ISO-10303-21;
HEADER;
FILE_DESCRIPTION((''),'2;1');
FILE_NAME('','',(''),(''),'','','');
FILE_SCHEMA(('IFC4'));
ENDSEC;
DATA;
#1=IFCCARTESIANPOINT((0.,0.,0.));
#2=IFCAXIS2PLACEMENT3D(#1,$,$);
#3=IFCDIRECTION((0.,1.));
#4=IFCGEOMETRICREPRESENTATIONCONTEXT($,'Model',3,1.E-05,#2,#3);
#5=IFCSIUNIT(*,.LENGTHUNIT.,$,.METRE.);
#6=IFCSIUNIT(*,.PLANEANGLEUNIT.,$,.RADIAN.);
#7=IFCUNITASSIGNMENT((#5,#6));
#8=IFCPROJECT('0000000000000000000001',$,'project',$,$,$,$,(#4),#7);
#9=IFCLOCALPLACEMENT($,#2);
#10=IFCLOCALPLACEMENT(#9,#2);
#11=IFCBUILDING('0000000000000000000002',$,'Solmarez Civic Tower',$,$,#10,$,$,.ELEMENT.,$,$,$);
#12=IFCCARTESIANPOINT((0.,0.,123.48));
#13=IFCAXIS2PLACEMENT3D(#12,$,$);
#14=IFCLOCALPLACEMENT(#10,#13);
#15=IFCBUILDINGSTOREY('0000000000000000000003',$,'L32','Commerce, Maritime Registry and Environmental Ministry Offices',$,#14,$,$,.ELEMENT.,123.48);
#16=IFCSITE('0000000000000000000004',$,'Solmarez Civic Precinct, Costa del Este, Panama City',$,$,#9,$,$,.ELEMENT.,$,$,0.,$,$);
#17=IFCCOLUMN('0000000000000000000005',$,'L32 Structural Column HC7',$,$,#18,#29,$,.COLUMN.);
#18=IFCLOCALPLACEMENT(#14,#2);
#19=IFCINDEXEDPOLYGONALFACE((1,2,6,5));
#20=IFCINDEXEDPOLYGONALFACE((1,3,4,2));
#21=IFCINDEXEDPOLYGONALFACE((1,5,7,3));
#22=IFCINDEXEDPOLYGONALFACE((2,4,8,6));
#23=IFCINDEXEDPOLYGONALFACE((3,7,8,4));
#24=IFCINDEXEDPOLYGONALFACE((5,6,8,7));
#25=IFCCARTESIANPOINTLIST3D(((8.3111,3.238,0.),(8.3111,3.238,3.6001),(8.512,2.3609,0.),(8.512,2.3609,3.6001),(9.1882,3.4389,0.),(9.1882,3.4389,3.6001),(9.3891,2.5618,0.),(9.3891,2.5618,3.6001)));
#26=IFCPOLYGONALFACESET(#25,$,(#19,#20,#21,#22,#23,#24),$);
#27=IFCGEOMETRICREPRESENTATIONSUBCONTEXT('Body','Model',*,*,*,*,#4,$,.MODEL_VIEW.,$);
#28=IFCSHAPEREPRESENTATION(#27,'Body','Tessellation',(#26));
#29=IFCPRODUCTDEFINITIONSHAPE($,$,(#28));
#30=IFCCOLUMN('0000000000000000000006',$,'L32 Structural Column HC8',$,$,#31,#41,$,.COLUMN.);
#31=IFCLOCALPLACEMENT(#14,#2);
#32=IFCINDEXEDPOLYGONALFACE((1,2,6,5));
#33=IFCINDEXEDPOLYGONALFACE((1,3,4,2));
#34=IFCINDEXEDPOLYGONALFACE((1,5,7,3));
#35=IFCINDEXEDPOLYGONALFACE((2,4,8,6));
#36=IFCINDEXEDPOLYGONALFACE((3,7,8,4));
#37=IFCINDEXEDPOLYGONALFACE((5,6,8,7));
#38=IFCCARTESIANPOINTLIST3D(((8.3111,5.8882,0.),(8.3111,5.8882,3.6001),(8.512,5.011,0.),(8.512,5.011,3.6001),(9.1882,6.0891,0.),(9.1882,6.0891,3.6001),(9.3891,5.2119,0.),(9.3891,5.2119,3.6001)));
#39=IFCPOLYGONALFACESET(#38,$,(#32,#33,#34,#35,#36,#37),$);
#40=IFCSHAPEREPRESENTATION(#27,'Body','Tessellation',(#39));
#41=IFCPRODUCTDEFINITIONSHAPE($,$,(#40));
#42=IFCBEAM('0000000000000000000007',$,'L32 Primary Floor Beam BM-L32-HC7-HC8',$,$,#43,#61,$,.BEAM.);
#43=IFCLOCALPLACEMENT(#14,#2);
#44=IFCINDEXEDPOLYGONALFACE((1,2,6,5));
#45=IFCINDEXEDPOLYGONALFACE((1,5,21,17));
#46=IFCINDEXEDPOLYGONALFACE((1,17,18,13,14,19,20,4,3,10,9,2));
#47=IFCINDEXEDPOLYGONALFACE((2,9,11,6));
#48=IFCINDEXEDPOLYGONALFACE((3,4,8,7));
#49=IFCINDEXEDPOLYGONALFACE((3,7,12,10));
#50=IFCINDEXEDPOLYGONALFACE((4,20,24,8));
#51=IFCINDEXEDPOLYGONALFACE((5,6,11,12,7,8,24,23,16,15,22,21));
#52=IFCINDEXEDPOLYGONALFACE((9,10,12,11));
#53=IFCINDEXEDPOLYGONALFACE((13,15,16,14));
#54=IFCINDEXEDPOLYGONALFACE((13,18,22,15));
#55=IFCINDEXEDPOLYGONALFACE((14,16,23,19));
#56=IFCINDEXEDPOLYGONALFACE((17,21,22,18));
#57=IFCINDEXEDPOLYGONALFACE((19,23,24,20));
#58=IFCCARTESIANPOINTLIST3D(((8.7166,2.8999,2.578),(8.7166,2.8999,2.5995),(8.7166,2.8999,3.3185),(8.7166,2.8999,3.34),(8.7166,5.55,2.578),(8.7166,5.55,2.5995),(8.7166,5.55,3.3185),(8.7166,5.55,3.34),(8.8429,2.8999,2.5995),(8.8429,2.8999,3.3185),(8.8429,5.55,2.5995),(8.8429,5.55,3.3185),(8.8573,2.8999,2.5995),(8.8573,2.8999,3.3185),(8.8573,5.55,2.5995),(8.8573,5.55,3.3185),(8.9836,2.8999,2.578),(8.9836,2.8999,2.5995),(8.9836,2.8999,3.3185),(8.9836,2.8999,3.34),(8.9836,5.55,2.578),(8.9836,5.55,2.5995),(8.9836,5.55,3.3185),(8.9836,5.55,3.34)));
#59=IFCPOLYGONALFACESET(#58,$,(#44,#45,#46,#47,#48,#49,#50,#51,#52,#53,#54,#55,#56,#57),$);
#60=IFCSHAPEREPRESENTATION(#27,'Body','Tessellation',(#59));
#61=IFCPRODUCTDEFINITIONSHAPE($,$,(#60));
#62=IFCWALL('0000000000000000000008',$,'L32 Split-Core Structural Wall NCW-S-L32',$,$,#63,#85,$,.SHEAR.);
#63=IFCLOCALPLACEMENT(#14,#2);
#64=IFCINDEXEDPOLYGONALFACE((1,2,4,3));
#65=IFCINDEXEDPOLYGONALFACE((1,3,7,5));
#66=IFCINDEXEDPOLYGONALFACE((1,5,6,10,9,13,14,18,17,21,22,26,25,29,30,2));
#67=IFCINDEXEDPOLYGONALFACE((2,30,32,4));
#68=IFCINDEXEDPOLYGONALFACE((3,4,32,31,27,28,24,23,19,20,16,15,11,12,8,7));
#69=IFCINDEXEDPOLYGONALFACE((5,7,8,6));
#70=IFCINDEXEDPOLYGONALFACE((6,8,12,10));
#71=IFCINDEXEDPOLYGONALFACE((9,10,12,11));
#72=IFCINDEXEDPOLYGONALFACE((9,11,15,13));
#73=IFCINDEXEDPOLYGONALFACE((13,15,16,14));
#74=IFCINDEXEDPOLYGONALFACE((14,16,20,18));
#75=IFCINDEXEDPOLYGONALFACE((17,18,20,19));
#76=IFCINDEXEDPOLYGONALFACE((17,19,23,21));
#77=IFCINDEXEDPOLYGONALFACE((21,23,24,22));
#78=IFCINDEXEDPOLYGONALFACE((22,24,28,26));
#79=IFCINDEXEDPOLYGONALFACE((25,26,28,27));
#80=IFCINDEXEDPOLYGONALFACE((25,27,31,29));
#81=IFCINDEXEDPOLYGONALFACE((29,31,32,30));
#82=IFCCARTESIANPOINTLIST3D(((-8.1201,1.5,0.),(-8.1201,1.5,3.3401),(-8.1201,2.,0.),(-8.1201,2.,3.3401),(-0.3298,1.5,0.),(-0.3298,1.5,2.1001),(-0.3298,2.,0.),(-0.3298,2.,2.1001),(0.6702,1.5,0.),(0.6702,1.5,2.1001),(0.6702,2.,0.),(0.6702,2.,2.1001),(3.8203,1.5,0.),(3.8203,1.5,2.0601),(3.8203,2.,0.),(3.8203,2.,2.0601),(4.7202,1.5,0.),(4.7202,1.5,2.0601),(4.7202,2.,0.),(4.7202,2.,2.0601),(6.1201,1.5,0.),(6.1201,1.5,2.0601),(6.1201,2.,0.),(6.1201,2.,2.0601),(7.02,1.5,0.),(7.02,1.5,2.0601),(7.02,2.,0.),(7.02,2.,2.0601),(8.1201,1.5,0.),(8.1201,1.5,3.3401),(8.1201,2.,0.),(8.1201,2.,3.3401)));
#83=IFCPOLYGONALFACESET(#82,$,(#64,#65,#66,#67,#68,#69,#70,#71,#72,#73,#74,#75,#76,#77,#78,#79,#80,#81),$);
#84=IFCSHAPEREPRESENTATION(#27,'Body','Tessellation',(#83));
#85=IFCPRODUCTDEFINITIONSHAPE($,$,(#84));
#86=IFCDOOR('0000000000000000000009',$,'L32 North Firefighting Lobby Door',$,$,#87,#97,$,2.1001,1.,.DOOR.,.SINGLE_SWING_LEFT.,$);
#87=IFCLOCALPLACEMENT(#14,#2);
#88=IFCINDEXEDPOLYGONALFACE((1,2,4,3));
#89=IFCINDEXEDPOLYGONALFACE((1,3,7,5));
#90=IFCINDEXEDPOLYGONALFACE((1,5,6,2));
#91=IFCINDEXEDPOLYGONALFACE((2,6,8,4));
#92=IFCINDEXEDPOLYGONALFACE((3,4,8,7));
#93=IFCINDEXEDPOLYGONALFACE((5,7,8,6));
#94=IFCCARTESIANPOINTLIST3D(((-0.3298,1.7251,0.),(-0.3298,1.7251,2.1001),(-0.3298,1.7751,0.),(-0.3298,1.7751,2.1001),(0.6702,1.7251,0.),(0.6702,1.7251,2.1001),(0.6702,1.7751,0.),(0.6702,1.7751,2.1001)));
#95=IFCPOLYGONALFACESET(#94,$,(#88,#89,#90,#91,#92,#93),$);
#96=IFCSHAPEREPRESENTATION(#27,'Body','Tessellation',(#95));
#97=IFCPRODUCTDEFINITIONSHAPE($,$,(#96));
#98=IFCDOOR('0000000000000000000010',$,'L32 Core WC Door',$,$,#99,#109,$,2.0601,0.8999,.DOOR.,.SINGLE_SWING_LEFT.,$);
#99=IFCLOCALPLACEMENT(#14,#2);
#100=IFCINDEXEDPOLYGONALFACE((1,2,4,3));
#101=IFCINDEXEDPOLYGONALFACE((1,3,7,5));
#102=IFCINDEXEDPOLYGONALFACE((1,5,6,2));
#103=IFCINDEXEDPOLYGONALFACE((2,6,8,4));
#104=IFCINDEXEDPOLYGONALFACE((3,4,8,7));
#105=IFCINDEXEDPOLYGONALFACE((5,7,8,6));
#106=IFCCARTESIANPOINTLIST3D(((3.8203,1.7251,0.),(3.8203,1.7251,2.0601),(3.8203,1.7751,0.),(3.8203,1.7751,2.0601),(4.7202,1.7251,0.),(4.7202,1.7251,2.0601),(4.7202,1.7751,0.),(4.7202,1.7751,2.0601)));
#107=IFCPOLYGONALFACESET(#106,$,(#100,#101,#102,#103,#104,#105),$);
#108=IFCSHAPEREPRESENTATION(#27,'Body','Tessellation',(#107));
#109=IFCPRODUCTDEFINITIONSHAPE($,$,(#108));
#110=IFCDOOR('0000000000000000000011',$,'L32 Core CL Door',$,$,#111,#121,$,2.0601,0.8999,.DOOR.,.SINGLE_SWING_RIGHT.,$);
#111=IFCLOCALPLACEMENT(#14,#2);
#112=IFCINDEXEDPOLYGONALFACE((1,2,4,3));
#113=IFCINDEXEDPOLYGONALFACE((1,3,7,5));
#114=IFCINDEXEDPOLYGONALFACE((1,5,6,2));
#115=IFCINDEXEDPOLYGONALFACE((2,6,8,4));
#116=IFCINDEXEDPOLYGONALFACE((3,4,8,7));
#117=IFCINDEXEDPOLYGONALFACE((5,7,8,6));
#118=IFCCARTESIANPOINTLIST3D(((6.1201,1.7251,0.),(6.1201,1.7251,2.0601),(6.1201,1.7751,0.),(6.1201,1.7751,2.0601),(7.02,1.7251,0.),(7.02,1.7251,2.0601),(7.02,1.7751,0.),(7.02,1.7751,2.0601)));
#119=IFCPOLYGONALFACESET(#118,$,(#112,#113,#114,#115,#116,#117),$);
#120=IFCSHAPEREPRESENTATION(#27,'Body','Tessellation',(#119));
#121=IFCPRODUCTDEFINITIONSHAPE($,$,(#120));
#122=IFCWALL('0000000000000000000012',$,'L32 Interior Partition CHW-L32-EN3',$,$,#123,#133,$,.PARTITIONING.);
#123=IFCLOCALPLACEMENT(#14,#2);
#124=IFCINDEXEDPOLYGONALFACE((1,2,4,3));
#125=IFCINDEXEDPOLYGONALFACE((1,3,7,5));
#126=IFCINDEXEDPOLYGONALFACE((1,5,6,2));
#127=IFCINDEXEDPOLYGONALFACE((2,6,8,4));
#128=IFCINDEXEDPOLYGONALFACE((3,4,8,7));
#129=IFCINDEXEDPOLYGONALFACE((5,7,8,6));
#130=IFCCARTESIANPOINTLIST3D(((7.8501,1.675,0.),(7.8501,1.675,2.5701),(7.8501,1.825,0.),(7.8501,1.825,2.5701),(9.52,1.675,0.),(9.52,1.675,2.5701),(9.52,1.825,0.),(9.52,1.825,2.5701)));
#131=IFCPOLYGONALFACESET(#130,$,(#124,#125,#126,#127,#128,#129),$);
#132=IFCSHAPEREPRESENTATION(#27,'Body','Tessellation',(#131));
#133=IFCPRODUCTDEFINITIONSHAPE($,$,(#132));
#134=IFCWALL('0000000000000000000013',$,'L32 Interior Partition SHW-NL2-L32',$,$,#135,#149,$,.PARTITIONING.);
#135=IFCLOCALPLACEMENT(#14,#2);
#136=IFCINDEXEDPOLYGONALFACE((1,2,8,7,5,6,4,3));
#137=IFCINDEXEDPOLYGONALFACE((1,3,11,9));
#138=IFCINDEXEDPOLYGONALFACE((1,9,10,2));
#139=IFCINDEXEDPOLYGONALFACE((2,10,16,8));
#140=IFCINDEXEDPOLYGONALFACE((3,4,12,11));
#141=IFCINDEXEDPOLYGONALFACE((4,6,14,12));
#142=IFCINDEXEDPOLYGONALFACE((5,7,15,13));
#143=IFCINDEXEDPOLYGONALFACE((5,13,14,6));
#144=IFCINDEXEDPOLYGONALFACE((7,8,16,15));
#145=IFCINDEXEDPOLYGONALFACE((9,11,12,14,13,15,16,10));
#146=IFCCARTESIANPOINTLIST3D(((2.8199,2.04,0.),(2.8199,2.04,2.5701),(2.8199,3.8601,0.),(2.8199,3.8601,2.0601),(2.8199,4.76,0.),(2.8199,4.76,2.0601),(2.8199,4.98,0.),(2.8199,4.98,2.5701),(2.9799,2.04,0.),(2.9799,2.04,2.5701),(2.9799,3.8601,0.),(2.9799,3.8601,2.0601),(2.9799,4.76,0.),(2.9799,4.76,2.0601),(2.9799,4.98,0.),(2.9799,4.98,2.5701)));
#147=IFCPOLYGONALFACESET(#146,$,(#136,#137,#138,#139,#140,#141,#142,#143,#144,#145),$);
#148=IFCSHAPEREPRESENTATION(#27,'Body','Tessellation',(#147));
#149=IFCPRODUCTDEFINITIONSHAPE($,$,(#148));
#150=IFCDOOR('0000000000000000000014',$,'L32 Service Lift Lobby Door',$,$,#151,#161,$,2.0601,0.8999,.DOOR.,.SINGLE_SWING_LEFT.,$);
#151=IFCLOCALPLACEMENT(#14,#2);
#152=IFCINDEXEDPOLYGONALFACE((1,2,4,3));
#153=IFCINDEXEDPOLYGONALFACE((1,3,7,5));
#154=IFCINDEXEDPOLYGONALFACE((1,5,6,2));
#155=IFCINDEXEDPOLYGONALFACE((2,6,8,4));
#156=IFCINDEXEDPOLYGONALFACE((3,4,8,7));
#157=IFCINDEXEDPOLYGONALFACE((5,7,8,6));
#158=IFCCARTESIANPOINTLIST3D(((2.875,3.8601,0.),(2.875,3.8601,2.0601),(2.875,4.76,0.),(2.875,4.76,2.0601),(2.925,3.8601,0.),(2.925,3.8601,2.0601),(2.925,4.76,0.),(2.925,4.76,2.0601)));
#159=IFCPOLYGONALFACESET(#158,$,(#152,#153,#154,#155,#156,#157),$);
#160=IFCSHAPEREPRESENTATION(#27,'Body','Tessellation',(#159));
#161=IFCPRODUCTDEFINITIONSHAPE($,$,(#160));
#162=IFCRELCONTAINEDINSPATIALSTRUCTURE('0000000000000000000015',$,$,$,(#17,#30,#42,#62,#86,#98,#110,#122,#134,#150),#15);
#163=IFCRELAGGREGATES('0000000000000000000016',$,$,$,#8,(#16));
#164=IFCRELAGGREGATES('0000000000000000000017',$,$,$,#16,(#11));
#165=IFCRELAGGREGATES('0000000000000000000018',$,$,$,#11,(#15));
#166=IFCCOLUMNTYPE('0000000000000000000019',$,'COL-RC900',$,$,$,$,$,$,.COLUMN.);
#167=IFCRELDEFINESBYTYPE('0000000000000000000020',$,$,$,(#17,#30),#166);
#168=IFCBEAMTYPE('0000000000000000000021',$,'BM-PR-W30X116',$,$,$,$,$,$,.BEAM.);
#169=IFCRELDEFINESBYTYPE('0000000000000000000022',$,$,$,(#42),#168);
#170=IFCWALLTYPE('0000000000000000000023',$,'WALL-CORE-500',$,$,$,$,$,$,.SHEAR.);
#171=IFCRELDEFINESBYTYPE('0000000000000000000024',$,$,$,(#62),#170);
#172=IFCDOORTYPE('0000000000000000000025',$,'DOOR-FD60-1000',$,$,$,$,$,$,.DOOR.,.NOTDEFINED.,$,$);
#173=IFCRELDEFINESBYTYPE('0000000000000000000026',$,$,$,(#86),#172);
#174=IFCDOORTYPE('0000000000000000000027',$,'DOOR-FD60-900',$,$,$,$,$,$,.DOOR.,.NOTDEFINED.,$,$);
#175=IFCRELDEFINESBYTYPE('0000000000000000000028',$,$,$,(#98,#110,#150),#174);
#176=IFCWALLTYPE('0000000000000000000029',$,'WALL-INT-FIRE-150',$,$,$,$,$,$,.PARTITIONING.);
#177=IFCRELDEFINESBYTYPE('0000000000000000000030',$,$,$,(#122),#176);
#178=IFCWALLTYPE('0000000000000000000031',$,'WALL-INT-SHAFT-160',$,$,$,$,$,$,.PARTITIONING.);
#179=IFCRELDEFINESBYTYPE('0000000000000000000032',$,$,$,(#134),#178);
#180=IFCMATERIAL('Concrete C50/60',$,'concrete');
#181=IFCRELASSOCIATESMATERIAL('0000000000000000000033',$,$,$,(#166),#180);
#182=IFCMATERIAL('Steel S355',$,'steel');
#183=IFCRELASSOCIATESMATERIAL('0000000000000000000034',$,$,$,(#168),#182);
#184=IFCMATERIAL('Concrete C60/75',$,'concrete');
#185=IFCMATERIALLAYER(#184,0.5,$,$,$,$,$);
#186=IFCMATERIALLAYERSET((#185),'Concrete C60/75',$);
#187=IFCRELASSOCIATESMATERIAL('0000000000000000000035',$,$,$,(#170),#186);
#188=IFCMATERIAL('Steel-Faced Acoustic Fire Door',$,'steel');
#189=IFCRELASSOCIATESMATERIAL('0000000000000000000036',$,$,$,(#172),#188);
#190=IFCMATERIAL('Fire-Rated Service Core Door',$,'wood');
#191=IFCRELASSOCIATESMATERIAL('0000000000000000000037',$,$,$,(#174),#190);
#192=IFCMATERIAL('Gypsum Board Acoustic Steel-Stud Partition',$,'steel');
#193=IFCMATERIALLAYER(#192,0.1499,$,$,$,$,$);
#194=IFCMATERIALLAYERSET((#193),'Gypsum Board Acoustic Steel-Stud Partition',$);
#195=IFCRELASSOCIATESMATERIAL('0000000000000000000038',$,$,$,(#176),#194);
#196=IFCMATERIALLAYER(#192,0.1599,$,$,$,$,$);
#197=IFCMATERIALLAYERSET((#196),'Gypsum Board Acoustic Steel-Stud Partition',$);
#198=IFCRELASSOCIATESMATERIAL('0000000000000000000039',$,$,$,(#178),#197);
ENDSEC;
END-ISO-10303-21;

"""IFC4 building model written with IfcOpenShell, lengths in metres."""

from ifc_helpers import new_model, si_unit, direction, frame, frame_2d, origin, origin_2d, place, context, subcontext, project, spatial, rectangle, i_section, extrude, material, layer, layer_set, material_profile, profile_set, type_object, element, fill, save


model = new_model("IFC4")

# Units and contexts
model_context = context("Model", 3, precision=1e-05, world=origin(), true_north=direction((0.0, 1.0)))
body_context = subcontext(model_context, "Body", "Model", "MODEL_VIEW")
ifc_project = project(units=[si_unit("LENGTHUNIT", "METRE"), si_unit("PLANEANGLEUNIT", "RADIAN")], contexts=[model_context])

# Site, building, storey
site_placement = place(None, origin())
site = spatial("IfcSite", under=ifc_project, at=site_placement, Name="Solmarez Civic Precinct, Costa del Este, Panama City", CompositionType="ELEMENT", RefElevation=0.0)
building_placement = place(site_placement, origin())
building = spatial("IfcBuilding", under=site, at=building_placement, Name="Solmarez Civic Tower", CompositionType="ELEMENT")
storey_placement = place(building_placement, frame((0.0, 0.0, 123.48)))
storey = spatial("IfcBuildingStorey", under=building, at=storey_placement, Name="L32", Description="Commerce, Maritime Registry and Environmental Ministry Offices", CompositionType="ELEMENT", Elevation=123.48)

# Columns
ifc_material_1 = material(Name="Concrete C50/60", Category="concrete")
ifc_material_profile_1 = material_profile(ifc_material_1, rectangle(XDim=0.8999, YDim=0.8999, at=origin_2d()), Name="RC900X900")
ifc_profile_set_1 = profile_set([ifc_material_profile_1], Name="Concrete C50/60")
column_type = type_object("IfcColumnType", Name="COL-RC900", PredefinedType="COLUMN", material=ifc_profile_set_1)
for number, where, z_axis, x_axis, name in (
    (1, (8.8501, 2.8999, 0.0), (0.0, 0.0, 1.0), (0.974761, 0.22325, 0.0), "L32 Structural Column HC7"),
    (2, (8.8501, 5.55, 0.0), (0.0, 0.0, 1.0), (0.974761, 0.22325, 0.0), "L32 Structural Column HC8"),
):
    element("IfcColumn", number, at=place(storey_placement, frame(where, z_axis=z_axis, x_axis=x_axis)), inside=storey, type_object=column_type, Name=name, PredefinedType="COLUMN", context=body_context, shape_type="SweptSolid", body=[
        extrude(rectangle(XDim=0.8999, YDim=0.8999, at=origin_2d()), origin(), (0.0, 0.0, 1.0), 3.6001),
    ])

# Beam
ifc_material_2 = material(Name="Steel S355", Category="steel")
ifc_material_profile_2 = material_profile(ifc_material_2, i_section(OverallWidth=0.2671, OverallDepth=0.762, WebThickness=0.0144, FlangeThickness=0.0215, at=origin_2d()), Name="W30X116")
ifc_profile_set_2 = profile_set([ifc_material_profile_2], Name="Steel S355")
beam_type = type_object("IfcBeamType", Name="BM-PR-W30X116", PredefinedType="BEAM", material=ifc_profile_set_2)
beam_placement = place(storey_placement, frame((8.8501, 2.8999, 2.959), z_axis=(0.0, 1.0, 0.0), x_axis=(-1.0, 0.0, 0.0)))
element("IfcBeam", 3, at=beam_placement, inside=storey, type_object=beam_type, Name="L32 Primary Floor Beam BM-L32-HC7-HC8", PredefinedType="BEAM", context=body_context, shape_type="SweptSolid", body=[
    extrude(i_section(OverallWidth=0.2671, OverallDepth=0.762, WebThickness=0.0144, FlangeThickness=0.0215, at=origin_2d()), origin(), (0.0, 0.0, 1.0), 2.6501),
])

# Wall, openings, doors
ifc_material_3 = material(Name="Concrete C60/75", Category="concrete")
ifc_layer_1 = layer(ifc_material_3, 0.5)
ifc_layer_set_1 = layer_set([ifc_layer_1], Name="Concrete C60/75")
wall_type_1 = type_object("IfcWallType", Name="WALL-CORE-500", PredefinedType="SHEAR", material=ifc_layer_set_1)
wall_1_placement = place(storey_placement, frame((8.1201, 1.75, 0.0), z_axis=(0.0, 0.0, 1.0), x_axis=(-1.0, 0.0, 0.0)))
wall_1 = element("IfcWall", 4, at=wall_1_placement, inside=storey, type_object=wall_type_1, Name="L32 Split-Core Structural Wall NCW-S-L32", PredefinedType="SHEAR", context=body_context, shape_type="SweptSolid", body=[
    extrude(rectangle(XDim=16.2402, YDim=0.5, at=frame_2d((8.1201, 0.0))), origin(), (0.0, 0.0, 1.0), 3.3401),
])
opening_1_placement = place(wall_1_placement, frame((7.45, 0.0, 0.0)))
opening_1 = element("IfcOpeningElement", 5, at=opening_1_placement, cuts=wall_1, PredefinedType="OPENING", context=body_context, shape_type="SweptSolid", body=[
    extrude(rectangle(XDim=1.0, YDim=2.1001, at=frame_2d((0.5, 1.05))), frame((0.0, 0.26, 0.0), z_axis=(0.0, -1.0, 0.0), x_axis=(1.0, 0.0, 0.0)), (0.0, 0.0, 1.0), 0.52),
])
opening_2_placement = place(wall_1_placement, frame((3.3999, 0.0, 0.0)))
opening_2 = element("IfcOpeningElement", 6, at=opening_2_placement, cuts=wall_1, PredefinedType="OPENING", context=body_context, shape_type="SweptSolid", body=[
    extrude(rectangle(XDim=0.8999, YDim=2.0601, at=frame_2d((0.45, 1.03))), frame((0.0, 0.26, 0.0), z_axis=(0.0, -1.0, 0.0), x_axis=(1.0, 0.0, 0.0)), (0.0, 0.0, 1.0), 0.52),
])
opening_3_placement = place(wall_1_placement, frame((1.1001, 0.0, 0.0)))
opening_3 = element("IfcOpeningElement", 7, at=opening_3_placement, cuts=wall_1, PredefinedType="OPENING", context=body_context, shape_type="SweptSolid", body=[
    extrude(rectangle(XDim=0.8999, YDim=2.0601, at=frame_2d((0.45, 1.03))), frame((0.0, 0.26, 0.0), z_axis=(0.0, -1.0, 0.0), x_axis=(1.0, 0.0, 0.0)), (0.0, 0.0, 1.0), 0.52),
])
ifc_material_4 = material(Name="Steel-Faced Acoustic Fire Door", Category="steel")
door_type_1 = type_object("IfcDoorType", Name="DOOR-FD60-1000", OperationType="NOTDEFINED", PredefinedType="DOOR", material=ifc_material_4)
door_1_placement = place(opening_1_placement, origin())
door_1 = element("IfcDoor", 8, at=door_1_placement, inside=storey, type_object=door_type_1, Name="L32 North Firefighting Lobby Door", OperationType="SINGLE_SWING_LEFT", OverallHeight=2.1001, OverallWidth=1.0, PredefinedType="DOOR", context=body_context, shape_type="SweptSolid", body=[
    extrude(rectangle(XDim=1.0, YDim=2.1001, at=frame_2d((0.5, 1.05))), frame((0.0, 0.0249, 0.0), z_axis=(0.0, -1.0, 0.0), x_axis=(1.0, 0.0, 0.0)), (0.0, 0.0, 1.0), 0.05),
])
fill(opening_1, door_1)
ifc_material_5 = material(Name="Fire-Rated Service Core Door", Category="wood")
door_type_2 = type_object("IfcDoorType", Name="DOOR-FD60-900", OperationType="NOTDEFINED", PredefinedType="DOOR", material=ifc_material_5)
door_2_placement = place(opening_2_placement, origin())
door_2 = element("IfcDoor", 9, at=door_2_placement, inside=storey, type_object=door_type_2, Name="L32 Core WC Door", OperationType="SINGLE_SWING_LEFT", OverallHeight=2.0601, OverallWidth=0.8999, PredefinedType="DOOR", context=body_context, shape_type="SweptSolid", body=[
    extrude(rectangle(XDim=0.8999, YDim=2.0601, at=frame_2d((0.45, 1.03))), frame((0.0, 0.0249, 0.0), z_axis=(0.0, -1.0, 0.0), x_axis=(1.0, 0.0, 0.0)), (0.0, 0.0, 1.0), 0.05),
])
fill(opening_2, door_2)
door_3_placement = place(opening_3_placement, origin())
door_3 = element("IfcDoor", 10, at=door_3_placement, inside=storey, type_object=door_type_2, Name="L32 Core CL Door", OperationType="SINGLE_SWING_RIGHT", OverallHeight=2.0601, OverallWidth=0.8999, PredefinedType="DOOR", context=body_context, shape_type="SweptSolid", body=[
    extrude(rectangle(XDim=0.8999, YDim=2.0601, at=frame_2d((0.45, 1.03))), frame((0.0, 0.0249, 0.0), z_axis=(0.0, -1.0, 0.0), x_axis=(1.0, 0.0, 0.0)), (0.0, 0.0, 1.0), 0.05),
])
fill(opening_3, door_3)

# Wall
ifc_material_6 = material(Name="Gypsum Board Acoustic Steel-Stud Partition", Category="steel")
ifc_layer_2 = layer(ifc_material_6, 0.1499)
ifc_layer_set_2 = layer_set([ifc_layer_2], Name="Gypsum Board Acoustic Steel-Stud Partition")
wall_type_2 = type_object("IfcWallType", Name="WALL-INT-FIRE-150", PredefinedType="PARTITIONING", material=ifc_layer_set_2)
wall_2_placement = place(storey_placement, frame((7.8501, 1.75, 0.0), z_axis=(0.0, 0.0, 1.0), x_axis=(1.0, 0.0, 0.0)))
element("IfcWall", 11, at=wall_2_placement, inside=storey, type_object=wall_type_2, Name="L32 Interior Partition CHW-L32-EN3", PredefinedType="PARTITIONING", context=body_context, shape_type="SweptSolid", body=[
    extrude(rectangle(XDim=1.6699, YDim=0.1499, at=frame_2d((0.835, 0.0))), origin(), (0.0, 0.0, 1.0), 2.5701),
])

# Wall, opening, door
ifc_layer_3 = layer(ifc_material_6, 0.1599)
ifc_layer_set_3 = layer_set([ifc_layer_3], Name="Gypsum Board Acoustic Steel-Stud Partition")
wall_type_3 = type_object("IfcWallType", Name="WALL-INT-SHAFT-160", PredefinedType="PARTITIONING", material=ifc_layer_set_3)
wall_3_placement = place(storey_placement, frame((2.8999, 2.04, 0.0), z_axis=(0.0, 0.0, 1.0), x_axis=(0.0, 1.0, 0.0)))
wall_3 = element("IfcWall", 12, at=wall_3_placement, inside=storey, type_object=wall_type_3, Name="L32 Interior Partition SHW-NL2-L32", PredefinedType="PARTITIONING", context=body_context, shape_type="SweptSolid", body=[
    extrude(rectangle(XDim=2.9399, YDim=0.1599, at=frame_2d((1.47, 0.0))), origin(), (0.0, 0.0, 1.0), 2.5701),
])
opening_4_placement = place(wall_3_placement, frame((1.8201, 0.0, 0.0)))
opening_4 = element("IfcOpeningElement", 13, at=opening_4_placement, cuts=wall_3, PredefinedType="OPENING", context=body_context, shape_type="SweptSolid", body=[
    extrude(rectangle(XDim=0.8999, YDim=2.0601, at=frame_2d((0.45, 1.03))), frame((0.0, 0.0898, 0.0), z_axis=(0.0, -1.0, 0.0), x_axis=(1.0, 0.0, 0.0)), (0.0, 0.0, 1.0), 0.1799),
])
door_4_placement = place(opening_4_placement, origin())
door_4 = element("IfcDoor", 14, at=door_4_placement, inside=storey, type_object=door_type_2, Name="L32 Service Lift Lobby Door", OperationType="SINGLE_SWING_LEFT", OverallHeight=2.0601, OverallWidth=0.8999, PredefinedType="DOOR", context=body_context, shape_type="SweptSolid", body=[
    extrude(rectangle(XDim=0.8999, YDim=2.0601, at=frame_2d((0.45, 1.03))), frame((0.0, 0.0249, 0.0), z_axis=(0.0, -1.0, 0.0), x_axis=(1.0, 0.0, 0.0)), (0.0, 0.0, 1.0), 0.05),
])
fill(opening_4, door_4)

save(model, "model.ifc")
